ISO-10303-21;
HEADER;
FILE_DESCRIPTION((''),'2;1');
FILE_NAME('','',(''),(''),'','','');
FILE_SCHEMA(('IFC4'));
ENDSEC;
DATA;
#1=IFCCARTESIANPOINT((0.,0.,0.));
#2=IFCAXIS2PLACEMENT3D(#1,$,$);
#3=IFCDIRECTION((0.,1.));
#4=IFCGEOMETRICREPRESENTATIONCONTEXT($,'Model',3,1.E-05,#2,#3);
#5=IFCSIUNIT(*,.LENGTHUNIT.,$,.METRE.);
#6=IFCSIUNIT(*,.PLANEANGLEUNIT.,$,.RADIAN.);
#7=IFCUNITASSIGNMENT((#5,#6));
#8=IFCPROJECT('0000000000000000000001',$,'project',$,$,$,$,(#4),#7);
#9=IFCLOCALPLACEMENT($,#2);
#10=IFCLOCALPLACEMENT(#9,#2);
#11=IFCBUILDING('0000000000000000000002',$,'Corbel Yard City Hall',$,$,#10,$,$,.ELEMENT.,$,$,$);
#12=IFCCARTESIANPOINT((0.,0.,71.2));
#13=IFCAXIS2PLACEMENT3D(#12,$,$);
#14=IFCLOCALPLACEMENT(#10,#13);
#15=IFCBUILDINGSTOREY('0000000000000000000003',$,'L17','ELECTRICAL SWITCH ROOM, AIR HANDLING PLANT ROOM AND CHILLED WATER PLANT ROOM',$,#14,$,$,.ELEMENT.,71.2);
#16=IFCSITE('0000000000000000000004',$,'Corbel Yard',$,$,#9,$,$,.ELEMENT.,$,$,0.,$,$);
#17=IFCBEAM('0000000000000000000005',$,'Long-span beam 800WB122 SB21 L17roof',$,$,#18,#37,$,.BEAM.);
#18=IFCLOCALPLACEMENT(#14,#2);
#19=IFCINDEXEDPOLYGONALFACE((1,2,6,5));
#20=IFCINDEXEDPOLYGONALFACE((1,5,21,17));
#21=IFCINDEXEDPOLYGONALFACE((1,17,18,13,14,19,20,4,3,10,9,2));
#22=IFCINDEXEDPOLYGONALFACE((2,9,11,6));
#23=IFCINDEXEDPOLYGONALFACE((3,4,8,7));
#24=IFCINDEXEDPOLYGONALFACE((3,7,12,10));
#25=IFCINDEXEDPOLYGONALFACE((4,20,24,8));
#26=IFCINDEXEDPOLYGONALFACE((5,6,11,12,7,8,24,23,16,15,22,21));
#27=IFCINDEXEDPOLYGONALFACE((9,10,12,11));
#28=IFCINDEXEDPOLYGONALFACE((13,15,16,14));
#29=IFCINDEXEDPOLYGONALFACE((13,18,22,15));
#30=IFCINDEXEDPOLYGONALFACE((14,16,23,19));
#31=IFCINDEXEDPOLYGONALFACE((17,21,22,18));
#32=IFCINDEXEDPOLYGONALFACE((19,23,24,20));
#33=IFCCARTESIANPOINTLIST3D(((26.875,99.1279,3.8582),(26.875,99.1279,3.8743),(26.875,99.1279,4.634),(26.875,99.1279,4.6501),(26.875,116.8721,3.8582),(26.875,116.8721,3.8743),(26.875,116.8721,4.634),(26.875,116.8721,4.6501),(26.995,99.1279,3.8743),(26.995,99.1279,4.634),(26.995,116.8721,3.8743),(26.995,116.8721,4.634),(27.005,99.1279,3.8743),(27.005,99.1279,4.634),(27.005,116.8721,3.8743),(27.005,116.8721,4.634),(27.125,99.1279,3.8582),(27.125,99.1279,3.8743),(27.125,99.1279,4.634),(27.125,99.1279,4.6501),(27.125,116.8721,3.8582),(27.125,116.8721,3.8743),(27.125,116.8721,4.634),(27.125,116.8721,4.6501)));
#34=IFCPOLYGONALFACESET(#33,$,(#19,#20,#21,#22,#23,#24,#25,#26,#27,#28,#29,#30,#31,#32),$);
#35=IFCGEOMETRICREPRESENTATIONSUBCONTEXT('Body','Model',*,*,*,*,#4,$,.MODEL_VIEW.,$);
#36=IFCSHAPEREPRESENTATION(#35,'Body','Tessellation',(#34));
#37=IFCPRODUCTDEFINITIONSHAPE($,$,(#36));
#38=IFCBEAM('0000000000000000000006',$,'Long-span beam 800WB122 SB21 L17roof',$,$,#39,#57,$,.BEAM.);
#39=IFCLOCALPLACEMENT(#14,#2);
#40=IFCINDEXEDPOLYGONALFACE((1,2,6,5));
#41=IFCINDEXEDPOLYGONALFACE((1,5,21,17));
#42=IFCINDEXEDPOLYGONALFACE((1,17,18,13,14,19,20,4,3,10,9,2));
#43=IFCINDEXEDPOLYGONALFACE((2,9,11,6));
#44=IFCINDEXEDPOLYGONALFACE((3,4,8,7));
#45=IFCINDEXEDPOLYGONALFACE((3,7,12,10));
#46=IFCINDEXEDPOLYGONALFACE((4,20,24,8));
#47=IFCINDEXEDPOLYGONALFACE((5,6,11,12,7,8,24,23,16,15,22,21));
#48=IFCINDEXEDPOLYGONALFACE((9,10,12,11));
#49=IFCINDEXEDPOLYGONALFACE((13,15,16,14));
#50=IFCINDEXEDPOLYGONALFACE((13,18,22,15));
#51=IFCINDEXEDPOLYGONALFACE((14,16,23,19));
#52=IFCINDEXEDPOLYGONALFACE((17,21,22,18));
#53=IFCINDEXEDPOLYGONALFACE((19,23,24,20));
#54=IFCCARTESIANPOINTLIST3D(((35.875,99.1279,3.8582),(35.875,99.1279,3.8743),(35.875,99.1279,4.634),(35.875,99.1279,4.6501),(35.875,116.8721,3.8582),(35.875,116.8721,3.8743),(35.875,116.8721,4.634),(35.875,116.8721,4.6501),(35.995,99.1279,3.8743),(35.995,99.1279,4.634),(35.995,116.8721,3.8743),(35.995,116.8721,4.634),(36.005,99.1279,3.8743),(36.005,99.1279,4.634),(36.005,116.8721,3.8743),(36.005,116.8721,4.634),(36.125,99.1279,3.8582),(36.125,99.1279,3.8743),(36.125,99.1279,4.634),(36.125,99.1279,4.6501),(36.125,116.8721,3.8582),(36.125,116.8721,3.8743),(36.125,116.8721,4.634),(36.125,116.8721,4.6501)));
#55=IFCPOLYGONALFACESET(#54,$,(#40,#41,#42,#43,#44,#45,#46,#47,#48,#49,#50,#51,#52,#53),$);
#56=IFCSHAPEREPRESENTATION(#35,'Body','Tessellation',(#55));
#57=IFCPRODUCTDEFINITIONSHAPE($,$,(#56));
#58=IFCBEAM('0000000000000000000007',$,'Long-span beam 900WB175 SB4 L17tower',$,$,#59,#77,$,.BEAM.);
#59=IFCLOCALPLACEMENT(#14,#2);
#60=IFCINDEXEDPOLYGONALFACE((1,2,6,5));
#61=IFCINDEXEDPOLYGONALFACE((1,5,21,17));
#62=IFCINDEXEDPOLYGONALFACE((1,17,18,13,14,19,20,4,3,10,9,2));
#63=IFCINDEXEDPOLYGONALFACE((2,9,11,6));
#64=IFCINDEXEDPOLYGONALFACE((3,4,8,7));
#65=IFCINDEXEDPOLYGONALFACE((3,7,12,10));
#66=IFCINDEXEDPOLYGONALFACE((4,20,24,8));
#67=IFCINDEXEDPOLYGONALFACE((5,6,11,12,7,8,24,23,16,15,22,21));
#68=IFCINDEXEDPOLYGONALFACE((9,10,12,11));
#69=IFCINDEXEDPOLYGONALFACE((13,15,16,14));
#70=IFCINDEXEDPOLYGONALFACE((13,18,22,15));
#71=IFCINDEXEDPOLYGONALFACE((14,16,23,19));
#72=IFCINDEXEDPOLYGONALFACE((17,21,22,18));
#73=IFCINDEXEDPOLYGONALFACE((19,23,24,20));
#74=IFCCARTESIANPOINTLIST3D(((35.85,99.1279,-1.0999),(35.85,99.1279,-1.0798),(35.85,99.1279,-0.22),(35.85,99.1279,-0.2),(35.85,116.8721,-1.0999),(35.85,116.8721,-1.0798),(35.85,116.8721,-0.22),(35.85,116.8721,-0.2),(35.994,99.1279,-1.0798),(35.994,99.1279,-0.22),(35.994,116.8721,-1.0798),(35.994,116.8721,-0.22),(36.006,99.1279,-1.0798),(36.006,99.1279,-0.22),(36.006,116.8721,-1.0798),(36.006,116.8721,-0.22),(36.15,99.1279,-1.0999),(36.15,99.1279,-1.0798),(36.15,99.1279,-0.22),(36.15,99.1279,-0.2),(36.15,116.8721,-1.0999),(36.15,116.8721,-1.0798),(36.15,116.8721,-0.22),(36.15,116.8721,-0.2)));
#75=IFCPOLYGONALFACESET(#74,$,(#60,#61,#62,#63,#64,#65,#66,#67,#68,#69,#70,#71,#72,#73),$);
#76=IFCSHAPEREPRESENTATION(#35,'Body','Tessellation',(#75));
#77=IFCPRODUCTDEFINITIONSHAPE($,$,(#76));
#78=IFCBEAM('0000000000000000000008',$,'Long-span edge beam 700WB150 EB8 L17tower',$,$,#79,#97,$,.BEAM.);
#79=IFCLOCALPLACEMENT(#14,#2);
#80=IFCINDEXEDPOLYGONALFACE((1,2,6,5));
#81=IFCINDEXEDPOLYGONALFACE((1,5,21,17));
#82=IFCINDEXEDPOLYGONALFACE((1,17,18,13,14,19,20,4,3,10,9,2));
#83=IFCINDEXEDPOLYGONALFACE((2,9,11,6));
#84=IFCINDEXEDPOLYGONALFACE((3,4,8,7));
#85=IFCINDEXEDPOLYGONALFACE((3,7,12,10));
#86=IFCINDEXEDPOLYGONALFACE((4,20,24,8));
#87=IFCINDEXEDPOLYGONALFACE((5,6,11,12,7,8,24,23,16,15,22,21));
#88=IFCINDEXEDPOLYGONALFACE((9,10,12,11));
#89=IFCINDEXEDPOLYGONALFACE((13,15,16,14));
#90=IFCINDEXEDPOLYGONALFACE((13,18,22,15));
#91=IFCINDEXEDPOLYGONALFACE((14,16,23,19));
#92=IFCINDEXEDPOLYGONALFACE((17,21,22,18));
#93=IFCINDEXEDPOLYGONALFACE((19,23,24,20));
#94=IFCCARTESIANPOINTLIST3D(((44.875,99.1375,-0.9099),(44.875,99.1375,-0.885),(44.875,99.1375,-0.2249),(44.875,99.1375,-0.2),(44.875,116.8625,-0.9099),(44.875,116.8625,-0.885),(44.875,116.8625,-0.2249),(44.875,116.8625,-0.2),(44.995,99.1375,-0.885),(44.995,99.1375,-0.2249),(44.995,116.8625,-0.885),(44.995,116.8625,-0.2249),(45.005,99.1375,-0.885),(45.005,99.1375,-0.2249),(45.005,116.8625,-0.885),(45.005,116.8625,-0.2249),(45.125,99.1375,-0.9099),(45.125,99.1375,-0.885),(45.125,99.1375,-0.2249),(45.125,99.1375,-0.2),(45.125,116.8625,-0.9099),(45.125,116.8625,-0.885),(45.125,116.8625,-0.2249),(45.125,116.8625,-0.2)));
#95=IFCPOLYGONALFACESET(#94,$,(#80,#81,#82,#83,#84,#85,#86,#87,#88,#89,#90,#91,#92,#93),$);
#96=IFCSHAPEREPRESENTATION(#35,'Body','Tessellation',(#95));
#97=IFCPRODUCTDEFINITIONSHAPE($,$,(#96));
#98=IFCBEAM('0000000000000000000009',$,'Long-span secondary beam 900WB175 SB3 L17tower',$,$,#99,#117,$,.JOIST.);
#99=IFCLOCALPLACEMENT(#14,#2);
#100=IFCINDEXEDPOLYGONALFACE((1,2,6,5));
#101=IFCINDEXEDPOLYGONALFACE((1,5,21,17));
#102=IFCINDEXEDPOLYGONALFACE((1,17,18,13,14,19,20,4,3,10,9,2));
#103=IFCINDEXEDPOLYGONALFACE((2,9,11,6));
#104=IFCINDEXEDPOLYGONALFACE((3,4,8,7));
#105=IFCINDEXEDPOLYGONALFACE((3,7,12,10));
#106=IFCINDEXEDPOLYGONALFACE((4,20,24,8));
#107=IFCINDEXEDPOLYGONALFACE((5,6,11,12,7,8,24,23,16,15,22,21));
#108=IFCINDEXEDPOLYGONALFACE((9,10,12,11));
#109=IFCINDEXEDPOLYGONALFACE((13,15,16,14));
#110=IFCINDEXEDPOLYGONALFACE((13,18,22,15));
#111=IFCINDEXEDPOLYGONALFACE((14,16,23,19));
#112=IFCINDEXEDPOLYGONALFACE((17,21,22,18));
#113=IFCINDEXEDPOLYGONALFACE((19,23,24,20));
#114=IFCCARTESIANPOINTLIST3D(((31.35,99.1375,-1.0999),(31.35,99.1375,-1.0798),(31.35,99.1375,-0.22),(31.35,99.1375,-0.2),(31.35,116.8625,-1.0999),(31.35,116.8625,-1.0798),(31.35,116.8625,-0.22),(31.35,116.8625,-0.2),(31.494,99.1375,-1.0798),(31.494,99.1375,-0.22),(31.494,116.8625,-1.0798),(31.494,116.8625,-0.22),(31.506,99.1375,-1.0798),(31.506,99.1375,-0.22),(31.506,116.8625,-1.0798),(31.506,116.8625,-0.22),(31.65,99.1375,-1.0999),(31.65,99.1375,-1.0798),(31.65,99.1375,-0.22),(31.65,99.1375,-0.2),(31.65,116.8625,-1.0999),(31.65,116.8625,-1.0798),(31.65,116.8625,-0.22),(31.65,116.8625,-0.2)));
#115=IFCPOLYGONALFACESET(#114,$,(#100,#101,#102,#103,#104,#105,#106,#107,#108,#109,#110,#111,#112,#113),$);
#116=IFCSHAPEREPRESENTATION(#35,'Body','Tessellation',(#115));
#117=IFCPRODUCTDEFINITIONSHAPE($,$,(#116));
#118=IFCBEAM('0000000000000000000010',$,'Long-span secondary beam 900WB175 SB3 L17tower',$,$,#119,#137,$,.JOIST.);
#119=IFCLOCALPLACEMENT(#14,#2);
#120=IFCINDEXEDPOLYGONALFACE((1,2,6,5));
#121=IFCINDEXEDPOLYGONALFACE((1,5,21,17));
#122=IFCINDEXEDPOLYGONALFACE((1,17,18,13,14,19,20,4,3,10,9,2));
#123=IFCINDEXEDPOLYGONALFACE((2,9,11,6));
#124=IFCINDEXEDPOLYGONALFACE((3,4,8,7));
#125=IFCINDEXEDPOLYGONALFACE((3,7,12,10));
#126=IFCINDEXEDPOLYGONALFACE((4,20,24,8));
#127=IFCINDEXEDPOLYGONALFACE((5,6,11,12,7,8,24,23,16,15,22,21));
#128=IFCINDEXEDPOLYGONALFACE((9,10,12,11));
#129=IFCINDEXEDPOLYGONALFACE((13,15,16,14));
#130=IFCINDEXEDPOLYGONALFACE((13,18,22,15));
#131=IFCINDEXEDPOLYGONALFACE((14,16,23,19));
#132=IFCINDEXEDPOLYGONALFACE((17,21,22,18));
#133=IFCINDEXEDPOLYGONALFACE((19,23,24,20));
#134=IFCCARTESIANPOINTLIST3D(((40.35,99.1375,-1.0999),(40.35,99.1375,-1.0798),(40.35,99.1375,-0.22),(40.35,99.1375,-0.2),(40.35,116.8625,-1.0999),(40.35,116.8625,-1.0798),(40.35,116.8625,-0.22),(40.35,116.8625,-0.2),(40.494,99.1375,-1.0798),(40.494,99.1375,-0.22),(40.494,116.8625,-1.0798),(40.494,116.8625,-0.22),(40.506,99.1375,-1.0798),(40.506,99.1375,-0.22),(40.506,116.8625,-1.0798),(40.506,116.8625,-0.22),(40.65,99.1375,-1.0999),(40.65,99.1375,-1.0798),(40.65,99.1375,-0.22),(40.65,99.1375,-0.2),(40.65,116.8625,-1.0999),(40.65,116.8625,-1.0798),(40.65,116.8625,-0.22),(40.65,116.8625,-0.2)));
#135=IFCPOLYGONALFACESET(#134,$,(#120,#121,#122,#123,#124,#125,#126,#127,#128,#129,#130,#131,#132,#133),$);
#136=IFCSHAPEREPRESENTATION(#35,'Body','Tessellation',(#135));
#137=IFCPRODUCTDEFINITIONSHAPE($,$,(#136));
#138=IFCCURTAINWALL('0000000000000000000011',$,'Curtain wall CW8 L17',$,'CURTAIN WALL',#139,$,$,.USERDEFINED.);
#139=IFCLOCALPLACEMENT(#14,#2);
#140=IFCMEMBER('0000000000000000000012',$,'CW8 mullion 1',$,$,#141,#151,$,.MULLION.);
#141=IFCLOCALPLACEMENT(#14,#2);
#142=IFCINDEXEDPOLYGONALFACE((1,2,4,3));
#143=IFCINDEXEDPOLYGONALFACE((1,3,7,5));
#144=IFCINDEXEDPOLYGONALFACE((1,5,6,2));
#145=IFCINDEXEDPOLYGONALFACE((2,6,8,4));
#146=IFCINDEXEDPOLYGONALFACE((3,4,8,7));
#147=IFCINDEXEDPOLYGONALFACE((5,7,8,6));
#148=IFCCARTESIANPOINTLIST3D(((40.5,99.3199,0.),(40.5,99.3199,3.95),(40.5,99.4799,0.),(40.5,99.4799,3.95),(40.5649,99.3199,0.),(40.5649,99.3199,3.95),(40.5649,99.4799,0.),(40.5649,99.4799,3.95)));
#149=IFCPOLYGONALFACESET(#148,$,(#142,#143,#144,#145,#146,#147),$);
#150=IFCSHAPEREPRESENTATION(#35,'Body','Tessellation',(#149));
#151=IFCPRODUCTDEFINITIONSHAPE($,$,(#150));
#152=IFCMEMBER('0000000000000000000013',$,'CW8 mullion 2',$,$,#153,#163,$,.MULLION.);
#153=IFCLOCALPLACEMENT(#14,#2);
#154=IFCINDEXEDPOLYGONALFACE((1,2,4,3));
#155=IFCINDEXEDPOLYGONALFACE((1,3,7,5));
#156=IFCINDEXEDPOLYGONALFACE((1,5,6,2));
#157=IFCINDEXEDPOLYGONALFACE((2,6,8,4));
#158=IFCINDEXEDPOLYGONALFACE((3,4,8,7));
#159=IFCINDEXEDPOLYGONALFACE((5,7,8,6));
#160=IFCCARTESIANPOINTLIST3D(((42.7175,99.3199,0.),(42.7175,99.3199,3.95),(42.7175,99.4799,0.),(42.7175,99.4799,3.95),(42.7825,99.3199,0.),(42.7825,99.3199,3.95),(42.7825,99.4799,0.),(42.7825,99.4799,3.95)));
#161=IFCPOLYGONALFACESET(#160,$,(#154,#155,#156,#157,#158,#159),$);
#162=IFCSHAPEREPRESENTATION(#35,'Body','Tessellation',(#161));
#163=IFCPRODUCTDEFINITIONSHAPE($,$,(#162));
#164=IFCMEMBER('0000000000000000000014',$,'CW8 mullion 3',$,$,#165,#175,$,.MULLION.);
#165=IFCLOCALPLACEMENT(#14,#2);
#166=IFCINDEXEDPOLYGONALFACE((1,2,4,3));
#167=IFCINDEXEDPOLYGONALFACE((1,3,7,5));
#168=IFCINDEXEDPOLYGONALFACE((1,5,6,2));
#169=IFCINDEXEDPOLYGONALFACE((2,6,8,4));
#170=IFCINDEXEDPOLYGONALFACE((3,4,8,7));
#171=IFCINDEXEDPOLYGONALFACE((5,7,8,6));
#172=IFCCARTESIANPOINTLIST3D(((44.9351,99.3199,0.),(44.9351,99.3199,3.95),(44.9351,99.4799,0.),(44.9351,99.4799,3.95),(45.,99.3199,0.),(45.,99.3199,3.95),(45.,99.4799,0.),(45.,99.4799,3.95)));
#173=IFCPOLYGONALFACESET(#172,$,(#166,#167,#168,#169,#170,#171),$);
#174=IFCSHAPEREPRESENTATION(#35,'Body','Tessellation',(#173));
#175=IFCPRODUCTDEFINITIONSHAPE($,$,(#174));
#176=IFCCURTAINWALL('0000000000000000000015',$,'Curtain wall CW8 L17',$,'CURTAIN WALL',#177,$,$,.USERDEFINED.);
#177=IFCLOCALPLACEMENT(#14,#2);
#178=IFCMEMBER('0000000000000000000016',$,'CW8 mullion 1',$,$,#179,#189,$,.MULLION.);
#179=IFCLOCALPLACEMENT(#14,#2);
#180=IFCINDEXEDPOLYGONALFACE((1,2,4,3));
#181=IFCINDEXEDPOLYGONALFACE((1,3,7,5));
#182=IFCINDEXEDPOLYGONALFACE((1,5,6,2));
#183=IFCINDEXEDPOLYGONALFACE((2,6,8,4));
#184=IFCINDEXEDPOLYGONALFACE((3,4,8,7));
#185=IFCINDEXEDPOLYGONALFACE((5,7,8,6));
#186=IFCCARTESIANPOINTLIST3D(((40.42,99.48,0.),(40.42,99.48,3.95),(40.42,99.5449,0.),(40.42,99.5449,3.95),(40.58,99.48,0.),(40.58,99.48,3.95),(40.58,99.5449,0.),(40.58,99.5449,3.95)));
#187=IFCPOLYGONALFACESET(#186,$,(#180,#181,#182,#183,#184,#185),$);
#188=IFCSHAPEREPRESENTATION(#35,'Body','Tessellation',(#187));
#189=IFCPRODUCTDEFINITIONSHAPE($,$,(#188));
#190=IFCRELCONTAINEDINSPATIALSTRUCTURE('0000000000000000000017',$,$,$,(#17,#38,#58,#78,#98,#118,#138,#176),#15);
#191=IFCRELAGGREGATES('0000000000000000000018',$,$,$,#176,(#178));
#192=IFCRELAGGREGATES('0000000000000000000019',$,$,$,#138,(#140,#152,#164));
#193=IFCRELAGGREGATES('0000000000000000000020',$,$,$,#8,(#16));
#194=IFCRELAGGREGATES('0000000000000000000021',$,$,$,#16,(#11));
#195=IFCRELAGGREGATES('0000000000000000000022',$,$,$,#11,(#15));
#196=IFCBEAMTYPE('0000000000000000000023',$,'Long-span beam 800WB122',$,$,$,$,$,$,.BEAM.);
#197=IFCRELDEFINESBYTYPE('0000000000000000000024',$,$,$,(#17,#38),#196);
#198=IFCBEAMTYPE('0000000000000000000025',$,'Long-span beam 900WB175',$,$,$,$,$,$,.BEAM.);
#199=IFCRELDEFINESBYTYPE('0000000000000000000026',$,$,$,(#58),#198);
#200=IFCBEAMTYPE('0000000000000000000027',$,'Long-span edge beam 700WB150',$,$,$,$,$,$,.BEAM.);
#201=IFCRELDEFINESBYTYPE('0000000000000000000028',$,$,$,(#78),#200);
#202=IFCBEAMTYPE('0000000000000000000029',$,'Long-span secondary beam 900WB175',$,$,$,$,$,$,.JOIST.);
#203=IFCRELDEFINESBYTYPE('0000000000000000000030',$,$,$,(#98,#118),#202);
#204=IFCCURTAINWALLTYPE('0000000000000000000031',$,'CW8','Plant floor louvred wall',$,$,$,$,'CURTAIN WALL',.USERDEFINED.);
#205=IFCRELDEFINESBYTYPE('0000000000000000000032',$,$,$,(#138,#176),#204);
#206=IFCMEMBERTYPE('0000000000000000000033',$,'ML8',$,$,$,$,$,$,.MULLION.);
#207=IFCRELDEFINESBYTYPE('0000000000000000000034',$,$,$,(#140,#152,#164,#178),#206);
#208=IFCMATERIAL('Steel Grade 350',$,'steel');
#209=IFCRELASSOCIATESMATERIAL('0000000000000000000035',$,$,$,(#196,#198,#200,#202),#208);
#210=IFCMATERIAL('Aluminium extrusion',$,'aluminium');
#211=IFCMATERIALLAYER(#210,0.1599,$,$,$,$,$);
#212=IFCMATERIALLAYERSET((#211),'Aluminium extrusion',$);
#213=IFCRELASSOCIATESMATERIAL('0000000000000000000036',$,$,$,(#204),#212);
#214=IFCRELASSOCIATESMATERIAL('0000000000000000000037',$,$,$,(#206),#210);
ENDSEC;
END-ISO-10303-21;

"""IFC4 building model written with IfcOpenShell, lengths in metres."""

from ifc_helpers import new_model, si_unit, direction, frame, origin, origin_2d, place, context, subcontext, project, spatial, rectangle, i_section, extrude, material, layer, layer_set, material_profile, profile_set, type_object, element, aggregate, save


model = new_model("IFC4")

# Units and contexts
model_context = context("Model", 3, precision=1e-05, world=origin(), true_north=direction((0.0, 1.0)))
body_context = subcontext(model_context, "Body", "Model", "MODEL_VIEW")
ifc_project = project(units=[si_unit("LENGTHUNIT", "METRE"), si_unit("PLANEANGLEUNIT", "RADIAN")], contexts=[model_context])

# Site, building, storey
site_placement = place(None, origin())
site = spatial("IfcSite", under=ifc_project, at=site_placement, Name="Corbel Yard", CompositionType="ELEMENT", RefElevation=0.0)
building_placement = place(site_placement, origin())
building = spatial("IfcBuilding", under=site, at=building_placement, Name="Corbel Yard City Hall", CompositionType="ELEMENT")
storey_placement = place(building_placement, frame((0.0, 0.0, 71.2)))
storey = spatial("IfcBuildingStorey", under=building, at=storey_placement, Name="L17", Description="ELECTRICAL SWITCH ROOM, AIR HANDLING PLANT ROOM AND CHILLED WATER PLANT ROOM", CompositionType="ELEMENT", Elevation=71.2)

# Beams
ifc_material_1 = material(Name="Steel Grade 350", Category="steel")
ifc_material_profile_1 = material_profile(ifc_material_1, i_section(OverallWidth=0.25, OverallDepth=0.792, WebThickness=0.01, FlangeThickness=0.0161, at=origin_2d()), Name="800WB122")
ifc_profile_set_1 = profile_set([ifc_material_profile_1], Name="Steel Grade 350")
beam_type_1 = type_object("IfcBeamType", Name="Long-span beam 800WB122", PredefinedType="BEAM", material=ifc_profile_set_1)
for number, where, z_axis, x_axis, name in (
    (1, (27.0, 99.1279, 4.2542), (0.0, 1.0, 0.0), (-1.0, 0.0, 0.0), "Long-span beam 800WB122 SB21 L17roof"),
    (2, (36.0, 99.1279, 4.2542), (0.0, 1.0, 0.0), (-1.0, 0.0, 0.0), "Long-span beam 800WB122 SB21 L17roof"),
):
    element("IfcBeam", number, at=place(storey_placement, frame(where, z_axis=z_axis, x_axis=x_axis)), inside=storey, type_object=beam_type_1, Name=name, PredefinedType="BEAM", context=body_context, shape_type="SweptSolid", body=[
        extrude(i_section(OverallWidth=0.25, OverallDepth=0.792, WebThickness=0.01, FlangeThickness=0.0161, at=origin_2d()), origin(), (0.0, 0.0, 1.0), 17.7441),
    ])
ifc_material_profile_2 = material_profile(ifc_material_1, i_section(OverallWidth=0.3, OverallDepth=0.8999, WebThickness=0.012, FlangeThickness=0.02, at=origin_2d()), Name="900WB175")
ifc_profile_set_2 = profile_set([ifc_material_profile_2], Name="Steel Grade 350")
beam_type_2 = type_object("IfcBeamType", Name="Long-span beam 900WB175", PredefinedType="BEAM", material=ifc_profile_set_2)
beam_1_placement = place(storey_placement, frame((36.0, 99.1279, -0.6499), z_axis=(0.0, 1.0, 0.0), x_axis=(-1.0, 0.0, 0.0)))
element("IfcBeam", 3, at=beam_1_placement, inside=storey, type_object=beam_type_2, Name="Long-span beam 900WB175 SB4 L17tower", PredefinedType="BEAM", context=body_context, shape_type="SweptSolid", body=[
    extrude(i_section(OverallWidth=0.3, OverallDepth=0.8999, WebThickness=0.012, FlangeThickness=0.02, at=origin_2d()), origin(), (0.0, 0.0, 1.0), 17.7441),
])
ifc_material_profile_3 = material_profile(ifc_material_1, i_section(OverallWidth=0.25, OverallDepth=0.71, WebThickness=0.01, FlangeThickness=0.0249, at=origin_2d()), Name="700WB150")
ifc_profile_set_3 = profile_set([ifc_material_profile_3], Name="Steel Grade 350")
beam_type_3 = type_object("IfcBeamType", Name="Long-span edge beam 700WB150", PredefinedType="BEAM", material=ifc_profile_set_3)
beam_2_placement = place(storey_placement, frame((45.0, 99.1375, -0.5549), z_axis=(0.0, 1.0, 0.0), x_axis=(-1.0, 0.0, 0.0)))
element("IfcBeam", 4, at=beam_2_placement, inside=storey, type_object=beam_type_3, Name="Long-span edge beam 700WB150 EB8 L17tower", PredefinedType="BEAM", context=body_context, shape_type="SweptSolid", body=[
    extrude(i_section(OverallWidth=0.25, OverallDepth=0.71, WebThickness=0.01, FlangeThickness=0.0249, at=origin_2d()), origin(), (0.0, 0.0, 1.0), 17.7251),
])
ifc_material_profile_4 = material_profile(ifc_material_1, i_section(OverallWidth=0.3, OverallDepth=0.8999, WebThickness=0.012, FlangeThickness=0.02, at=origin_2d()), Name="900WB175")
ifc_profile_set_4 = profile_set([ifc_material_profile_4], Name="Steel Grade 350")
beam_type_4 = type_object("IfcBeamType", Name="Long-span secondary beam 900WB175", PredefinedType="JOIST", material=ifc_profile_set_4)
for number, where, z_axis, x_axis, name in (
    (5, (31.5, 99.1375, -0.6499), (0.0, 1.0, 0.0), (-1.0, 0.0, 0.0), "Long-span secondary beam 900WB175 SB3 L17tower"),
    (6, (40.5, 99.1375, -0.6499), (0.0, 1.0, 0.0), (-1.0, 0.0, 0.0), "Long-span secondary beam 900WB175 SB3 L17tower"),
):
    element("IfcBeam", number, at=place(storey_placement, frame(where, z_axis=z_axis, x_axis=x_axis)), inside=storey, type_object=beam_type_4, Name=name, PredefinedType="JOIST", context=body_context, shape_type="SweptSolid", body=[
        extrude(i_section(OverallWidth=0.3, OverallDepth=0.8999, WebThickness=0.012, FlangeThickness=0.02, at=origin_2d()), origin(), (0.0, 0.0, 1.0), 17.7251),
    ])

# Curtain wall, members
ifc_material_2 = material(Name="Aluminium extrusion", Category="aluminium")
ifc_layer_1 = layer(ifc_material_2, 0.1599)
ifc_layer_set_1 = layer_set([ifc_layer_1], Name="Aluminium extrusion")
curtain_wall_type = type_object("IfcCurtainWallType", Name="CW8", Description="Plant floor louvred wall", ElementType="CURTAIN WALL", PredefinedType="USERDEFINED", material=ifc_layer_set_1)
curtain_wall_1_placement = place(storey_placement, origin())
curtain_wall_1 = element("IfcCurtainWall", 7, at=curtain_wall_1_placement, inside=storey, type_object=curtain_wall_type, Name="Curtain wall CW8 L17", ObjectType="CURTAIN WALL", PredefinedType="USERDEFINED")
ifc_material_profile_5 = material_profile(ifc_material_2, rectangle(XDim=0.1599, YDim=0.0649, at=origin_2d()), Name="160x65")
ifc_profile_set_5 = profile_set([ifc_material_profile_5], Name="Aluminium extrusion")
member_type_1 = type_object("IfcMemberType", Name="ML8", PredefinedType="MULLION", material=ifc_profile_set_5)
member_1_placement = place(storey_placement, frame((40.5325, 99.3999, 0.0), z_axis=(0.0, 0.0, 1.0), x_axis=(0.0, 1.0, 0.0)))
member_1 = element("IfcMember", 8, at=member_1_placement, type_object=member_type_1, Name="CW8 mullion 1", PredefinedType="MULLION", context=body_context, shape_type="SweptSolid", body=[
    extrude(rectangle(XDim=0.1599, YDim=0.0649, at=origin_2d()), origin(), (0.0, 0.0, 1.0), 3.95),
])
member_2_placement = place(storey_placement, frame((42.75, 99.3999, 0.0), z_axis=(0.0, 0.0, 1.0), x_axis=(0.0, 1.0, 0.0)))
member_2 = element("IfcMember", 9, at=member_2_placement, type_object=member_type_1, Name="CW8 mullion 2", PredefinedType="MULLION", context=body_context, shape_type="SweptSolid", body=[
    extrude(rectangle(XDim=0.1599, YDim=0.0649, at=origin_2d()), origin(), (0.0, 0.0, 1.0), 3.95),
])
member_3_placement = place(storey_placement, frame((44.9675, 99.3999, 0.0), z_axis=(0.0, 0.0, 1.0), x_axis=(0.0, 1.0, 0.0)))
member_3 = element("IfcMember", 10, at=member_3_placement, type_object=member_type_1, Name="CW8 mullion 3", PredefinedType="MULLION", context=body_context, shape_type="SweptSolid", body=[
    extrude(rectangle(XDim=0.1599, YDim=0.0649, at=origin_2d()), origin(), (0.0, 0.0, 1.0), 3.95),
])

# Curtain wall, member
curtain_wall_2_placement = place(storey_placement, origin())
curtain_wall_2 = element("IfcCurtainWall", 11, at=curtain_wall_2_placement, inside=storey, type_object=curtain_wall_type, Name="Curtain wall CW8 L17", ObjectType="CURTAIN WALL", PredefinedType="USERDEFINED")
member_4_placement = place(storey_placement, frame((40.5, 99.5125, 0.0), z_axis=(0.0, 0.0, 1.0), x_axis=(-1.0, 0.0, 0.0)))
member_4 = element("IfcMember", 12, at=member_4_placement, type_object=member_type_1, Name="CW8 mullion 1", PredefinedType="MULLION", context=body_context, shape_type="SweptSolid", body=[
    extrude(rectangle(XDim=0.1599, YDim=0.0649, at=origin_2d()), origin(), (0.0, 0.0, 1.0), 3.95),
])

aggregate(curtain_wall_2, [member_4])

aggregate(curtain_wall_1, [member_1, member_2, member_3])

save(model, "model.ifc")
